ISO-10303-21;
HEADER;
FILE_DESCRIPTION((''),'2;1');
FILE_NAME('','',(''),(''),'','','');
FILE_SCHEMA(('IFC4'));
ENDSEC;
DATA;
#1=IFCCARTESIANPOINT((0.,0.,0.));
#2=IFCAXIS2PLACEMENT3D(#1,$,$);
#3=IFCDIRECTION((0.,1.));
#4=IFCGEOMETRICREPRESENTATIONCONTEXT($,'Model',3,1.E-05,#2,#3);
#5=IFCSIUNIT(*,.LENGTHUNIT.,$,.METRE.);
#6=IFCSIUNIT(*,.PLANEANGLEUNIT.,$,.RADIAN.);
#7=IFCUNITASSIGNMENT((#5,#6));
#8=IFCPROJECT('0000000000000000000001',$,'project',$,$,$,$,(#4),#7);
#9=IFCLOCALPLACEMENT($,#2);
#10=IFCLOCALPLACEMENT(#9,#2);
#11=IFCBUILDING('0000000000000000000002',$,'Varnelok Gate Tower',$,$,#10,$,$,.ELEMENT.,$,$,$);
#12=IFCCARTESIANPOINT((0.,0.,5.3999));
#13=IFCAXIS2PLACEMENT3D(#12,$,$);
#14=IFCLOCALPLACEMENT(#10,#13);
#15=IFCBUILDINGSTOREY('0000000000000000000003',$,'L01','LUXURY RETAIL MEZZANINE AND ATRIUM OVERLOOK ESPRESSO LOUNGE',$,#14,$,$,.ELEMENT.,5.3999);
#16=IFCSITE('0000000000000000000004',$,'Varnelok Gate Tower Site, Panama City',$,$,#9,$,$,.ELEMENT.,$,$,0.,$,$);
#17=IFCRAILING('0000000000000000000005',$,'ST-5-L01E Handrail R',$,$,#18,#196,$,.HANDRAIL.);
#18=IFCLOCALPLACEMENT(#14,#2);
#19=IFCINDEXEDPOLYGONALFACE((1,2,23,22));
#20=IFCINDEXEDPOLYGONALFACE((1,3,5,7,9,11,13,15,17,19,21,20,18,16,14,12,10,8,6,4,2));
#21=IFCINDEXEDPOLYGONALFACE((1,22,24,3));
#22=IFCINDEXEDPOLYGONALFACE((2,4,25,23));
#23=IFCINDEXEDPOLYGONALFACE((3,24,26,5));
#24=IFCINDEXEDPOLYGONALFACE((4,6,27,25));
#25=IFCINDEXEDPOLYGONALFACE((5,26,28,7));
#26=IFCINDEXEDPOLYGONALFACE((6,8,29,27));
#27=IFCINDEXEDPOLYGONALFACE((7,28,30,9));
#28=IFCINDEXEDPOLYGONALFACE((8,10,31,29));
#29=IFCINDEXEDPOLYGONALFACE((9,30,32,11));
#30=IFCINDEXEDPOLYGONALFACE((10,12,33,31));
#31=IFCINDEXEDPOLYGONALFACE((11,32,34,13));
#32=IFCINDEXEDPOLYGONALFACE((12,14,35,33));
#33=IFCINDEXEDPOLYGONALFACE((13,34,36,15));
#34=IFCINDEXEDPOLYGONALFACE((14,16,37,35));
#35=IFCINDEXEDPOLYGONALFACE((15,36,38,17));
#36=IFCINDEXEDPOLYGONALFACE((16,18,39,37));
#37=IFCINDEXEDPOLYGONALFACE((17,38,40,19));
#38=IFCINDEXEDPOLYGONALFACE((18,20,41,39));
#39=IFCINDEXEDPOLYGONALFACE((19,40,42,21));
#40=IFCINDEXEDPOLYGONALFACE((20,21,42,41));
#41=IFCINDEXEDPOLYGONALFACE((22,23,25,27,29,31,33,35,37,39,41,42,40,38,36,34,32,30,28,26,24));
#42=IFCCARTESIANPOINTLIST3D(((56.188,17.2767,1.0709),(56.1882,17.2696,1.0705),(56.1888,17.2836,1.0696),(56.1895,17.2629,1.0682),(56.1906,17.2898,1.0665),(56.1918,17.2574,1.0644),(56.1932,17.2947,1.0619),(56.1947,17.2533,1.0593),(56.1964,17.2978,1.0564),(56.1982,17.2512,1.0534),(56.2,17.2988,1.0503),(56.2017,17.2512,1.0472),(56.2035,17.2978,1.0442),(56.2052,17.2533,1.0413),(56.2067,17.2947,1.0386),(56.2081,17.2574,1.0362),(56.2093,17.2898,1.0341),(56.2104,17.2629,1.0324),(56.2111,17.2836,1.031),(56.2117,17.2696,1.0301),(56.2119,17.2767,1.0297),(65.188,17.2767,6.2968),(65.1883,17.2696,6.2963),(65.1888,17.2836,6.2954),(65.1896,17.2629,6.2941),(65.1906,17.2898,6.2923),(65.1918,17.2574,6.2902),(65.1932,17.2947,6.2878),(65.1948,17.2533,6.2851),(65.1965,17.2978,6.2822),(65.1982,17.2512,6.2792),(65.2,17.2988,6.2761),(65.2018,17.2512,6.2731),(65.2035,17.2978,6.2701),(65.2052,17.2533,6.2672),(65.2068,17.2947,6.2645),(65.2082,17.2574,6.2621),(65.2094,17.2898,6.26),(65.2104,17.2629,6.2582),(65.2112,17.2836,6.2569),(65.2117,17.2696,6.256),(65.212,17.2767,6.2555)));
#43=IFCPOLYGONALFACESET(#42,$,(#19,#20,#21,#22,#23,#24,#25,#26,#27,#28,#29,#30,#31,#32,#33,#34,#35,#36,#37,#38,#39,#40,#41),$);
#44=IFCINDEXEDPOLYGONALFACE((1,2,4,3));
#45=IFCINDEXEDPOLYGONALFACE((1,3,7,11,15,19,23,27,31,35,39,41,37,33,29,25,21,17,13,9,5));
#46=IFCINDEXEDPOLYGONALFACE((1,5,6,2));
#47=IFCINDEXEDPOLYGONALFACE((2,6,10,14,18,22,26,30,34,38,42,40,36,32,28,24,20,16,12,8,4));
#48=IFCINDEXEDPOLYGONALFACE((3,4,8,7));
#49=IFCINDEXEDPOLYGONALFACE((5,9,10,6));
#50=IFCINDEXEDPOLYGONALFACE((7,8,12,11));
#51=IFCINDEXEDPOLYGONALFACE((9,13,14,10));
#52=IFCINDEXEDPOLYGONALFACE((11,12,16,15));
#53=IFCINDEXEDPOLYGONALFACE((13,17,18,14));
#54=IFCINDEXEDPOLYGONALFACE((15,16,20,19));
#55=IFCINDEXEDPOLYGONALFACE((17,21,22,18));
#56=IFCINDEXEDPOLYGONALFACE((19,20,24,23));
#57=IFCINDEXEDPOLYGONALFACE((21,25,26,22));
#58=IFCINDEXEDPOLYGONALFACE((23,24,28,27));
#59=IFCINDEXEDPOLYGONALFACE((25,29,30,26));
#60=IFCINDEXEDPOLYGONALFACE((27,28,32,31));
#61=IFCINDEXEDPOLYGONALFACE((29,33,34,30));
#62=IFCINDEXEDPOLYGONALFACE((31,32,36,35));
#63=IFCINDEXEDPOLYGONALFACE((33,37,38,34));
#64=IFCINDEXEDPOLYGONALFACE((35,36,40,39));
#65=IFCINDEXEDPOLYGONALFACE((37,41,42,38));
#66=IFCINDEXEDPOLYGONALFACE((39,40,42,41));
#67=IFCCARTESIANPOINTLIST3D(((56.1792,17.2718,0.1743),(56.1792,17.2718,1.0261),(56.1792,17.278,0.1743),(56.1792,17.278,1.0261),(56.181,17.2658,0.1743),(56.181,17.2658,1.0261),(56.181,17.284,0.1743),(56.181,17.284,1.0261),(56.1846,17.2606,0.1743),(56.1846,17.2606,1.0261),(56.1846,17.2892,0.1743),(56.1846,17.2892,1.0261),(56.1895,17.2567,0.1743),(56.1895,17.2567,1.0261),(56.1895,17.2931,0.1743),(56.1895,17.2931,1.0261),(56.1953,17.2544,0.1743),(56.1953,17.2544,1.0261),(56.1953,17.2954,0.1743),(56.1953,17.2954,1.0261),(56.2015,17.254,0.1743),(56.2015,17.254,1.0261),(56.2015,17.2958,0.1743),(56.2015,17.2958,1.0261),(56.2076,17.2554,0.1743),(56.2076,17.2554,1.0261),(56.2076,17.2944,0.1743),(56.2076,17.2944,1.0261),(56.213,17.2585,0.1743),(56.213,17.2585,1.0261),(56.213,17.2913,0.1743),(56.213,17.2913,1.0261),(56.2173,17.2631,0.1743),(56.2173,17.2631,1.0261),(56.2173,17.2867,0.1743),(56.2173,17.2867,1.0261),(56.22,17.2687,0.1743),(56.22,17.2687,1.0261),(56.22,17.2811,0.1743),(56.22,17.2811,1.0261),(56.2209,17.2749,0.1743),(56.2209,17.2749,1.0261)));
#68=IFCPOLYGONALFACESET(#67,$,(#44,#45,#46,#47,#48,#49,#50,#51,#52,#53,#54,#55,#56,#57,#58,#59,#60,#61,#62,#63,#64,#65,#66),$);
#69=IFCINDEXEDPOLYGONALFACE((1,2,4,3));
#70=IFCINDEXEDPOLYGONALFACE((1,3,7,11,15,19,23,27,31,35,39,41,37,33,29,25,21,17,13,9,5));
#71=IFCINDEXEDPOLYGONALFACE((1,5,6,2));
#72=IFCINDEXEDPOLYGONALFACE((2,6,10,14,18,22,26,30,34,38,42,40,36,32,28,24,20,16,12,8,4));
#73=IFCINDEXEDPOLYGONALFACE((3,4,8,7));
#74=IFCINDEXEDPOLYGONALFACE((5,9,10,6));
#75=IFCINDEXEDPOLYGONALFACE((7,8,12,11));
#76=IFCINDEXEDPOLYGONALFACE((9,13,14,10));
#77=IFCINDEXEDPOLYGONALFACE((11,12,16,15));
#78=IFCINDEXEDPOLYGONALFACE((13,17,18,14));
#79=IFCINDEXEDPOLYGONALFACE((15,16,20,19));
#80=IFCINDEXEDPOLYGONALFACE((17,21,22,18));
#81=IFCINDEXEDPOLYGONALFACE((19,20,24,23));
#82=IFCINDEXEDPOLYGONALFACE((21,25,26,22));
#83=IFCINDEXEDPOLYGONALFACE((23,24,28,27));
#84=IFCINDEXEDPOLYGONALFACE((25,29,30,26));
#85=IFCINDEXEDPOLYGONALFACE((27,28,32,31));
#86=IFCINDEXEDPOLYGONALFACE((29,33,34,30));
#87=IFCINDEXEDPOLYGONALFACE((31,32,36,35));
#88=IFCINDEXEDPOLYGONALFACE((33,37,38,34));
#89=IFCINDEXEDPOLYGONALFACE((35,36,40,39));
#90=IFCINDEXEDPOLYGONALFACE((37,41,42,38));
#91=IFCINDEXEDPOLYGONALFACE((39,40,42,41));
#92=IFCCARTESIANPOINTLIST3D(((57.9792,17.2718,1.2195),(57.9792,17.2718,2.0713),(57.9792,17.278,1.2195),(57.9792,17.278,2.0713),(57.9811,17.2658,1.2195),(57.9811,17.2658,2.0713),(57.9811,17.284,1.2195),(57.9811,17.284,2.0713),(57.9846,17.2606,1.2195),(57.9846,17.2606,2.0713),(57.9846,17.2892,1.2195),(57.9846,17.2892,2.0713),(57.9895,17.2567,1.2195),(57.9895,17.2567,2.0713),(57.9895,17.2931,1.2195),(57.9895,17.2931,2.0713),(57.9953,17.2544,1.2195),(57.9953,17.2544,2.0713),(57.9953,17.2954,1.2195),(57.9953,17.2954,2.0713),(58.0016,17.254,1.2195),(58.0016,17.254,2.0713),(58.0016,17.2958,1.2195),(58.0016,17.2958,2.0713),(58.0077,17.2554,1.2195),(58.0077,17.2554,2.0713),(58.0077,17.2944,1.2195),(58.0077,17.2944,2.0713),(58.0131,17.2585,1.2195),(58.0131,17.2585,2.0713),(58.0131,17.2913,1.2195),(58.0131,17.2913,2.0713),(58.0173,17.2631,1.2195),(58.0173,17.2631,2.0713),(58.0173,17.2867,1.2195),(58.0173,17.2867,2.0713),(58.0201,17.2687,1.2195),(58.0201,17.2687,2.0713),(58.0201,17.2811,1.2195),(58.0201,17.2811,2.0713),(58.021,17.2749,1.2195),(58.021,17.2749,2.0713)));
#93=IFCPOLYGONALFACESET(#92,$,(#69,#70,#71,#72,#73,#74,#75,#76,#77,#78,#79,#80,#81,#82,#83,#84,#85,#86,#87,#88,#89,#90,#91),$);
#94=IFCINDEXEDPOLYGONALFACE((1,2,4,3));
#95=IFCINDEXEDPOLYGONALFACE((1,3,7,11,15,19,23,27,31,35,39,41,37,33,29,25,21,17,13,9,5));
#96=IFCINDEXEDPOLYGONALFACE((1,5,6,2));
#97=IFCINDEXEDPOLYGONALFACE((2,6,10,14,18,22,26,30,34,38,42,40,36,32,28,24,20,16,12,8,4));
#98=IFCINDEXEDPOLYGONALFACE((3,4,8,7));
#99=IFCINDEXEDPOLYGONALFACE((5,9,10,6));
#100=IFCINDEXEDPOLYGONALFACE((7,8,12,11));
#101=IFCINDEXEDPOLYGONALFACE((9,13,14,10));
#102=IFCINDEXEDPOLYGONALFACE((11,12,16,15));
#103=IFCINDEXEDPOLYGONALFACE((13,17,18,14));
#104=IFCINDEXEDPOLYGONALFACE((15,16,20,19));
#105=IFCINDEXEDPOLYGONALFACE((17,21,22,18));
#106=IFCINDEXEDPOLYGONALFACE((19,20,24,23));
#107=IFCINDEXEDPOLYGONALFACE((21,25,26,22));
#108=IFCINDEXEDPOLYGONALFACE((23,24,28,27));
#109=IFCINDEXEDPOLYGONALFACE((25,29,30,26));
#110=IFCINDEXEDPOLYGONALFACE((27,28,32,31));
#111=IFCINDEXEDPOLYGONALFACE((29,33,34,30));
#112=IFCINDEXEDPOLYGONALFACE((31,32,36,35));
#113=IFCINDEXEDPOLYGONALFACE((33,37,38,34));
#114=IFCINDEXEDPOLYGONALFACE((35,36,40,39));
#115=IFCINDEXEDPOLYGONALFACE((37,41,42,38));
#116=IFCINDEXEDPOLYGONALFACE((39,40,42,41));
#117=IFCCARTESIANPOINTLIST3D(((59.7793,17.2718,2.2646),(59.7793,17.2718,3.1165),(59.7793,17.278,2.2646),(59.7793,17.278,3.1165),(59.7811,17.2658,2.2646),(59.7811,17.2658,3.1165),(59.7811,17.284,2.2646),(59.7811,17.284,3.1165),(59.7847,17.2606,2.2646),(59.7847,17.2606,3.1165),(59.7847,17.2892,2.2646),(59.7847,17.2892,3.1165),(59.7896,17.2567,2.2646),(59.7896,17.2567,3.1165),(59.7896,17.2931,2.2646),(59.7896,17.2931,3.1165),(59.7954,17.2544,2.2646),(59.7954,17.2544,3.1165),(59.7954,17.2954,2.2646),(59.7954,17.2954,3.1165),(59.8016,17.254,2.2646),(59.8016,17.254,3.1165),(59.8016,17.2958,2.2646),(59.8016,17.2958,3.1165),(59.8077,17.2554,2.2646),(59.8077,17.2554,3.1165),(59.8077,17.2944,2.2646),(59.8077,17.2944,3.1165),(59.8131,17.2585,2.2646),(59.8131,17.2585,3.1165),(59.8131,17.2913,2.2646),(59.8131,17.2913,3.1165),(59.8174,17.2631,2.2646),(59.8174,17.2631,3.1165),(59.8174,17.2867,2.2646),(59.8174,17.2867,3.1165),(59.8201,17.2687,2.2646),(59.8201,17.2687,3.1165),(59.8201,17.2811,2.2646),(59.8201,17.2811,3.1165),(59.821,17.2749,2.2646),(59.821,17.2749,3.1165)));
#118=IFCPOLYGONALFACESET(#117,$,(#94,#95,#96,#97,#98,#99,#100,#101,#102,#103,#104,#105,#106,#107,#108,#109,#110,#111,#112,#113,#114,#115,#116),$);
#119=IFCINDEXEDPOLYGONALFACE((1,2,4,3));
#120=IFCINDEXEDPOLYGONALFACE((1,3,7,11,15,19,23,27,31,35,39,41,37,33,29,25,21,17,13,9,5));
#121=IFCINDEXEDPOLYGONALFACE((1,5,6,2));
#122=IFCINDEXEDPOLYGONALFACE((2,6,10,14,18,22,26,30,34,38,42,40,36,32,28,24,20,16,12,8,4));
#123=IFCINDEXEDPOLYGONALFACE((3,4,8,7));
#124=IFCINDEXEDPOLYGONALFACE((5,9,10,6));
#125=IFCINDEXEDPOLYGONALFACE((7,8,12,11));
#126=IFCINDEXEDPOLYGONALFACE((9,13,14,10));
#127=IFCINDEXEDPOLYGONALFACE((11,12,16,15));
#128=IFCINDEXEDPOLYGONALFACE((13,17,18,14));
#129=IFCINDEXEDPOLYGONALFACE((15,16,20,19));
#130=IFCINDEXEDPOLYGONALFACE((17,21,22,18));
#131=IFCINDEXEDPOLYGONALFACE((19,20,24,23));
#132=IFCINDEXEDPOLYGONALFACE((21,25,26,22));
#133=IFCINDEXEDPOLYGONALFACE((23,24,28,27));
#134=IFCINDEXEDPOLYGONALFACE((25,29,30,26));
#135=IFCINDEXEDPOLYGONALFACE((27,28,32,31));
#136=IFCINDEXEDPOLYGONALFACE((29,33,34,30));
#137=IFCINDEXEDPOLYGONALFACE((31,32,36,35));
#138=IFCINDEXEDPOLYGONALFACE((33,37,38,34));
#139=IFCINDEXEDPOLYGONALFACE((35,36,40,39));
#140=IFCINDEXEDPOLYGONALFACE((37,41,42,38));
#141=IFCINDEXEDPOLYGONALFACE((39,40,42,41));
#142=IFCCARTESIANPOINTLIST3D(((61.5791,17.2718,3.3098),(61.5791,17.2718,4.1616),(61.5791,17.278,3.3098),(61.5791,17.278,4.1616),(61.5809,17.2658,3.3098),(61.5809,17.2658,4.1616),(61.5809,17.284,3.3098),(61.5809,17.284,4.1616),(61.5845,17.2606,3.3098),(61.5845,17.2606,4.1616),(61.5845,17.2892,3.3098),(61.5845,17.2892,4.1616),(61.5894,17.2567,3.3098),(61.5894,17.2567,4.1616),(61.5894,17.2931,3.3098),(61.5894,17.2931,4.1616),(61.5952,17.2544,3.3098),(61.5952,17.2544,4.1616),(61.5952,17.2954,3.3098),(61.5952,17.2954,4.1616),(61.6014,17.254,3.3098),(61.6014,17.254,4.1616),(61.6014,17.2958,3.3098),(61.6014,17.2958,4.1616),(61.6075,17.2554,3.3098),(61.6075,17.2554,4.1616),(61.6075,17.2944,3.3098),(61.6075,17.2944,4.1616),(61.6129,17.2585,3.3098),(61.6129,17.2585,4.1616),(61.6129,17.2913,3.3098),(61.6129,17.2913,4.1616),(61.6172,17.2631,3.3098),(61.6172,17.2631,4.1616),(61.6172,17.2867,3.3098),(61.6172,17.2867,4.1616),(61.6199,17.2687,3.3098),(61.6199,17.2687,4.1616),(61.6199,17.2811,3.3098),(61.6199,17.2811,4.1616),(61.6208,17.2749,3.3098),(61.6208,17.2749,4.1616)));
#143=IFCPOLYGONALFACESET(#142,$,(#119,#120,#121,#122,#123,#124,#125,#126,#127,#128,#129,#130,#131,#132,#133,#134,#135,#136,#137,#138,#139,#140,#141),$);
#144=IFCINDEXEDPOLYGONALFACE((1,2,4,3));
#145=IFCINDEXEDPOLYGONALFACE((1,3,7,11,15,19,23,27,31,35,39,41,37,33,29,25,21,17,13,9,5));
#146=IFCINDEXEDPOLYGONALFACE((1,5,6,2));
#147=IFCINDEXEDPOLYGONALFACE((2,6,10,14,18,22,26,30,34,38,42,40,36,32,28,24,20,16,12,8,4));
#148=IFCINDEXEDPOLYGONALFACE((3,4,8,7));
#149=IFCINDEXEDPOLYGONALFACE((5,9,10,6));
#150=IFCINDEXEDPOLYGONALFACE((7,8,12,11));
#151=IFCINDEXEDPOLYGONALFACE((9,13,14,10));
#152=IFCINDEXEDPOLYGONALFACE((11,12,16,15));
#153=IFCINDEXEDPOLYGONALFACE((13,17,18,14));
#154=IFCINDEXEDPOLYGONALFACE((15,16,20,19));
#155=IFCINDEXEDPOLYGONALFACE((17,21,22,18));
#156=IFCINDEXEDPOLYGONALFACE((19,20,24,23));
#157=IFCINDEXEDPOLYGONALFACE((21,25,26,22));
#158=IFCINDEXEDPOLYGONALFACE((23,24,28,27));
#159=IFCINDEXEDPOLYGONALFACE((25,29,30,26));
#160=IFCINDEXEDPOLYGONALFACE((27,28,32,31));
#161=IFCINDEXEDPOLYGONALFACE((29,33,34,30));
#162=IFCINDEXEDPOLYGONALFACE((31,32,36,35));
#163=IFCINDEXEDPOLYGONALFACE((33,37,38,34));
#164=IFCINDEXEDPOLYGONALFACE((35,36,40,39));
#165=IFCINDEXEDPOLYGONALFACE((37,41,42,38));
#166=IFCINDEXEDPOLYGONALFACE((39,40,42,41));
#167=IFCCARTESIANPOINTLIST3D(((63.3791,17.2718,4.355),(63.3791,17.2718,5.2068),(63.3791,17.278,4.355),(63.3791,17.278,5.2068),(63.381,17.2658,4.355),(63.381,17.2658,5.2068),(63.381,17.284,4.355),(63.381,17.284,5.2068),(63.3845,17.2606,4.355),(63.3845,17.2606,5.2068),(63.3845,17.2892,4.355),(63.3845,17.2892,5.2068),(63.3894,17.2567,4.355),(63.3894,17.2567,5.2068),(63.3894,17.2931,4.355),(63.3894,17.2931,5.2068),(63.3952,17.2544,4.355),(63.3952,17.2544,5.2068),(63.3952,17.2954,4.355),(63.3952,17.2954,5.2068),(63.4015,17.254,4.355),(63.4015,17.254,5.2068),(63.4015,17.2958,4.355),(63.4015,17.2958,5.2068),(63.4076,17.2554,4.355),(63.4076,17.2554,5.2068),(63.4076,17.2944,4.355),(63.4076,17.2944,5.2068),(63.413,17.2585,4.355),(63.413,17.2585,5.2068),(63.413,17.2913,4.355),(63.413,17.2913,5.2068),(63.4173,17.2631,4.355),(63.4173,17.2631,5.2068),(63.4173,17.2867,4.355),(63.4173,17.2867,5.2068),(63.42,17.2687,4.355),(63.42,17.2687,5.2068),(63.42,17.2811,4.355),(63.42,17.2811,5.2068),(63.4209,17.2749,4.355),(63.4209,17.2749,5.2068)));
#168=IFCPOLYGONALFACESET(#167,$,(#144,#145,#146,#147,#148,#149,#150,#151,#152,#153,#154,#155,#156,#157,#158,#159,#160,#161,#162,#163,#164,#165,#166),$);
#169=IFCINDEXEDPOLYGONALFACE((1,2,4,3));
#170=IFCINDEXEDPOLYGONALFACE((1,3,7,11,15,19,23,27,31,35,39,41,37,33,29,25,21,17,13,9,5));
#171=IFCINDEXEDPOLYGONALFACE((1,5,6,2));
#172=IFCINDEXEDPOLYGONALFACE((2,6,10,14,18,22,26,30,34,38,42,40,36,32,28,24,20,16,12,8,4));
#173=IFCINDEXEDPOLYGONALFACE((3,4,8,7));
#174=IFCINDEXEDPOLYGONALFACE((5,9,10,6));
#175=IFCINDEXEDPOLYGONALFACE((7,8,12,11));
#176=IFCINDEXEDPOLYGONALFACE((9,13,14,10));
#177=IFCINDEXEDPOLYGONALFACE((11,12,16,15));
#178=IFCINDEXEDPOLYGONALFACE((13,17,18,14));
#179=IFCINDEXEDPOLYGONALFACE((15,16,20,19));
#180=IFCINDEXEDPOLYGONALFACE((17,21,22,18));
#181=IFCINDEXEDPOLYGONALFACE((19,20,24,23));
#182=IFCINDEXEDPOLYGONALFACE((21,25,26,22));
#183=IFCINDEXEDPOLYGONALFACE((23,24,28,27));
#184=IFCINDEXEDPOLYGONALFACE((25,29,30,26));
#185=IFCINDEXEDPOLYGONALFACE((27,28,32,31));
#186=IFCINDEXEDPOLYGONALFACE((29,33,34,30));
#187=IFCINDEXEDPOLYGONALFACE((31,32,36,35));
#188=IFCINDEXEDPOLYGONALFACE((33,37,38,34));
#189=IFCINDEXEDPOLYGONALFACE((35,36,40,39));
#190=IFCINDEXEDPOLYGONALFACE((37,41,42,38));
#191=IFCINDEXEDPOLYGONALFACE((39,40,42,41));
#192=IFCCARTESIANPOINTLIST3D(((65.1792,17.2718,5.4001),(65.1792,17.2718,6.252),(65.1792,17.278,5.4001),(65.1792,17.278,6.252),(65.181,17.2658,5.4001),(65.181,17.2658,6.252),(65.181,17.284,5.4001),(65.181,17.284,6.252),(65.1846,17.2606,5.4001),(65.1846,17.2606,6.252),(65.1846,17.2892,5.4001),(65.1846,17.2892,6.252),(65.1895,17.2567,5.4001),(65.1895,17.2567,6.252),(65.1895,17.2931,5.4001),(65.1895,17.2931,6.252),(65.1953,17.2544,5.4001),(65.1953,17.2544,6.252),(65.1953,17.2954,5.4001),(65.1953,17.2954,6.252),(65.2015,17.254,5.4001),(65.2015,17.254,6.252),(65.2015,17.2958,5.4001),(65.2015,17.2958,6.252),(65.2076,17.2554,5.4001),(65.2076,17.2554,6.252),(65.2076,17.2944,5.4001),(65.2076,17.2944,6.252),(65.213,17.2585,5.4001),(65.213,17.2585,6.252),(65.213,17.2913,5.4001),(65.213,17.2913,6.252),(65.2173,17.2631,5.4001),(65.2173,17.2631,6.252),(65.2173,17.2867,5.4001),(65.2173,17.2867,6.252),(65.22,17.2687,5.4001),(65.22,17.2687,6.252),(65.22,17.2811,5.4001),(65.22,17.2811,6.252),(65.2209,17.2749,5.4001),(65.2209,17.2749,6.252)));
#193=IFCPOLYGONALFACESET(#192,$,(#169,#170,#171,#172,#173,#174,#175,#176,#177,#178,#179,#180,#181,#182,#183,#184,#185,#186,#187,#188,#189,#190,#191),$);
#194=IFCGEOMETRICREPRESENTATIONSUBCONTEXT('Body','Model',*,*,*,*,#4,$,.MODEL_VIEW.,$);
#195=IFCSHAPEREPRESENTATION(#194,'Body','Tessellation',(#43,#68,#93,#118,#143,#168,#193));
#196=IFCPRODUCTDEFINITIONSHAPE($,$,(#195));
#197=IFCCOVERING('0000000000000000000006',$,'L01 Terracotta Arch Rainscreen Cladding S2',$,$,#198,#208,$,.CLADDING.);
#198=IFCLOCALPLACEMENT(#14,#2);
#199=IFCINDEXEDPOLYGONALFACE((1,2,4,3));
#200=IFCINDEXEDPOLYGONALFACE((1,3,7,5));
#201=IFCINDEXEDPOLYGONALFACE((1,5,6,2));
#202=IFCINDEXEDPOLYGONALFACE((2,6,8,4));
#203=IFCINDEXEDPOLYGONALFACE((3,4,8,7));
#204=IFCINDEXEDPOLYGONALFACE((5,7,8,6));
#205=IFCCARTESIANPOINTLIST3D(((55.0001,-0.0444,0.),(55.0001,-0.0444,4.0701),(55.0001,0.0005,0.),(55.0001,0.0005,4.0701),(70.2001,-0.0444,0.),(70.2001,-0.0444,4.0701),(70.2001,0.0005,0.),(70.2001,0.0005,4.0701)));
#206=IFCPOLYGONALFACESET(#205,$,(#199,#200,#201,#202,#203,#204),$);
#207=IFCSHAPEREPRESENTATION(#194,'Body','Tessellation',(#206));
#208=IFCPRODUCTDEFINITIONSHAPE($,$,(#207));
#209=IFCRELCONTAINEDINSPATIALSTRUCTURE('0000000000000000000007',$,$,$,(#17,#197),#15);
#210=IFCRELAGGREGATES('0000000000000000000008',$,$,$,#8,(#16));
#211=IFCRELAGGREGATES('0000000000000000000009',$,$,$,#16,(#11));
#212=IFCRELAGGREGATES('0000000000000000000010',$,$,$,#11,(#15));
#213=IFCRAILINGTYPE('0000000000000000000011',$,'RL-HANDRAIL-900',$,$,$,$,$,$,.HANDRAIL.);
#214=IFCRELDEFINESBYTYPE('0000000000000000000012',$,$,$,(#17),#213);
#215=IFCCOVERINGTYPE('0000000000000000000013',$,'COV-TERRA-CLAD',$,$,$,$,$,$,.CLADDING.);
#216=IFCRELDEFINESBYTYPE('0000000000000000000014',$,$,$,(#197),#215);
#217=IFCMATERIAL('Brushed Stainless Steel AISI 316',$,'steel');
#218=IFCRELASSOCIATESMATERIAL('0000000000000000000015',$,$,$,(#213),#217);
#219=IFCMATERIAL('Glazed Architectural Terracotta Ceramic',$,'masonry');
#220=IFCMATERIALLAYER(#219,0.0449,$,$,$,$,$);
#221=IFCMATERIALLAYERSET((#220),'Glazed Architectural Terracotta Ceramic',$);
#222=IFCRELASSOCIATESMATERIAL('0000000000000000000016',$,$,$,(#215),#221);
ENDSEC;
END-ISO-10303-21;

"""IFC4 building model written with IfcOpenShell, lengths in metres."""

from ifc_helpers import new_model, si_unit, direction, frame, origin, origin_2d, place, context, subcontext, project, spatial, rectangle, circle, extrude, source, transform, mapped, material, layer, layer_set, type_object, element, save


model = new_model("IFC4")

# Units and contexts
model_context = context("Model", 3, precision=1e-05, world=origin(), true_north=direction((0.0, 1.0)))
body_context = subcontext(model_context, "Body", "Model", "MODEL_VIEW")
ifc_project = project(units=[si_unit("LENGTHUNIT", "METRE"), si_unit("PLANEANGLEUNIT", "RADIAN")], contexts=[model_context])

# Site, building, storey
site_placement = place(None, origin())
site = spatial("IfcSite", under=ifc_project, at=site_placement, Name="Varnelok Gate Tower Site, Panama City", CompositionType="ELEMENT", RefElevation=0.0)
building_placement = place(site_placement, origin())
building = spatial("IfcBuilding", under=site, at=building_placement, Name="Varnelok Gate Tower", CompositionType="ELEMENT")
storey_placement = place(building_placement, frame((0.0, 0.0, 5.3999)))
storey = spatial("IfcBuildingStorey", under=building, at=storey_placement, Name="L01", Description="LUXURY RETAIL MEZZANINE AND ATRIUM OVERLOOK ESPRESSO LOUNGE", CompositionType="ELEMENT", Elevation=5.3999)

# Railing
ifc_material_1 = material(Name="Brushed Stainless Steel AISI 316", Category="steel")
railing_type_1 = type_object("IfcRailingType", Name="RL-HANDRAIL-900", PredefinedType="HANDRAIL", material=ifc_material_1)
for number, where, name in (
    (1, (56.2, 17.2749, 0.1743), "ST-5-L01E Handrail R"),
):
    element("IfcRailing", number, at=place(storey_placement, frame(where)), inside=storey, type_object=railing_type_1, Name=name, PredefinedType="HANDRAIL", context=body_context, shape_type="SweptSolid", body=[
        extrude(circle(Radius=0.0239, at=origin_2d()), frame((0.0, 0.0, 0.876), z_axis=(0.864788, 0.0, 0.502137), x_axis=(0.0, 1.0, 0.0)), (0.0, 0.0, 1.0), 10.4072),
        extrude(circle(Radius=0.021, at=origin_2d()), origin(), (0.0, 0.0, 1.0), 0.8518),
        extrude(circle(Radius=0.021, at=origin_2d()), frame((1.8, 0.0, 1.0452)), (0.0, 0.0, 1.0), 0.8518),
        extrude(circle(Radius=0.021, at=origin_2d()), frame((3.6001, 0.0, 2.0903)), (0.0, 0.0, 1.0), 0.8518),
        extrude(circle(Radius=0.021, at=origin_2d()), frame((5.3999, 0.0, 3.1355)), (0.0, 0.0, 1.0), 0.8518),
        extrude(circle(Radius=0.021, at=origin_2d()), frame((7.2, 0.0, 4.1807)), (0.0, 0.0, 1.0), 0.8518),
        extrude(circle(Radius=0.021, at=origin_2d()), frame((9.0, 0.0, 5.2258)), (0.0, 0.0, 1.0), 0.8518),
    ])

# Covering
ifc_material_2 = material(Name="Glazed Architectural Terracotta Ceramic", Category="masonry")
ifc_layer_1 = layer(ifc_material_2, 0.0449)
ifc_layer_set_1 = layer_set([ifc_layer_1], Name="Glazed Architectural Terracotta Ceramic")
covering_type = type_object("IfcCoveringType", Name="COV-TERRA-CLAD", PredefinedType="CLADDING", material=ifc_layer_set_1)
shared_shape_1 = source(origin(), body_context, "Body", "SweptSolid", [
    extrude(rectangle(XDim=15.2, YDim=0.0449, at=origin_2d()), origin(), (0.0, 0.0, 1.0), 4.0701),
])
covering_placement = place(storey_placement, frame((62.6001, -0.022, 0.0), z_axis=(0.0, 0.0, 1.0), x_axis=(1.0, 0.0, 0.0)))
element("IfcCovering", 2, at=covering_placement, inside=storey, type_object=covering_type, Name="L01 Terracotta Arch Rainscreen Cladding S2", PredefinedType="CLADDING", context=body_context, shape_type="MappedRepresentation", body=[
    mapped(shared_shape_1, transform((0.0, 0.0, 0.0), scale=1.0)),
])

save(model, "model.ifc")
